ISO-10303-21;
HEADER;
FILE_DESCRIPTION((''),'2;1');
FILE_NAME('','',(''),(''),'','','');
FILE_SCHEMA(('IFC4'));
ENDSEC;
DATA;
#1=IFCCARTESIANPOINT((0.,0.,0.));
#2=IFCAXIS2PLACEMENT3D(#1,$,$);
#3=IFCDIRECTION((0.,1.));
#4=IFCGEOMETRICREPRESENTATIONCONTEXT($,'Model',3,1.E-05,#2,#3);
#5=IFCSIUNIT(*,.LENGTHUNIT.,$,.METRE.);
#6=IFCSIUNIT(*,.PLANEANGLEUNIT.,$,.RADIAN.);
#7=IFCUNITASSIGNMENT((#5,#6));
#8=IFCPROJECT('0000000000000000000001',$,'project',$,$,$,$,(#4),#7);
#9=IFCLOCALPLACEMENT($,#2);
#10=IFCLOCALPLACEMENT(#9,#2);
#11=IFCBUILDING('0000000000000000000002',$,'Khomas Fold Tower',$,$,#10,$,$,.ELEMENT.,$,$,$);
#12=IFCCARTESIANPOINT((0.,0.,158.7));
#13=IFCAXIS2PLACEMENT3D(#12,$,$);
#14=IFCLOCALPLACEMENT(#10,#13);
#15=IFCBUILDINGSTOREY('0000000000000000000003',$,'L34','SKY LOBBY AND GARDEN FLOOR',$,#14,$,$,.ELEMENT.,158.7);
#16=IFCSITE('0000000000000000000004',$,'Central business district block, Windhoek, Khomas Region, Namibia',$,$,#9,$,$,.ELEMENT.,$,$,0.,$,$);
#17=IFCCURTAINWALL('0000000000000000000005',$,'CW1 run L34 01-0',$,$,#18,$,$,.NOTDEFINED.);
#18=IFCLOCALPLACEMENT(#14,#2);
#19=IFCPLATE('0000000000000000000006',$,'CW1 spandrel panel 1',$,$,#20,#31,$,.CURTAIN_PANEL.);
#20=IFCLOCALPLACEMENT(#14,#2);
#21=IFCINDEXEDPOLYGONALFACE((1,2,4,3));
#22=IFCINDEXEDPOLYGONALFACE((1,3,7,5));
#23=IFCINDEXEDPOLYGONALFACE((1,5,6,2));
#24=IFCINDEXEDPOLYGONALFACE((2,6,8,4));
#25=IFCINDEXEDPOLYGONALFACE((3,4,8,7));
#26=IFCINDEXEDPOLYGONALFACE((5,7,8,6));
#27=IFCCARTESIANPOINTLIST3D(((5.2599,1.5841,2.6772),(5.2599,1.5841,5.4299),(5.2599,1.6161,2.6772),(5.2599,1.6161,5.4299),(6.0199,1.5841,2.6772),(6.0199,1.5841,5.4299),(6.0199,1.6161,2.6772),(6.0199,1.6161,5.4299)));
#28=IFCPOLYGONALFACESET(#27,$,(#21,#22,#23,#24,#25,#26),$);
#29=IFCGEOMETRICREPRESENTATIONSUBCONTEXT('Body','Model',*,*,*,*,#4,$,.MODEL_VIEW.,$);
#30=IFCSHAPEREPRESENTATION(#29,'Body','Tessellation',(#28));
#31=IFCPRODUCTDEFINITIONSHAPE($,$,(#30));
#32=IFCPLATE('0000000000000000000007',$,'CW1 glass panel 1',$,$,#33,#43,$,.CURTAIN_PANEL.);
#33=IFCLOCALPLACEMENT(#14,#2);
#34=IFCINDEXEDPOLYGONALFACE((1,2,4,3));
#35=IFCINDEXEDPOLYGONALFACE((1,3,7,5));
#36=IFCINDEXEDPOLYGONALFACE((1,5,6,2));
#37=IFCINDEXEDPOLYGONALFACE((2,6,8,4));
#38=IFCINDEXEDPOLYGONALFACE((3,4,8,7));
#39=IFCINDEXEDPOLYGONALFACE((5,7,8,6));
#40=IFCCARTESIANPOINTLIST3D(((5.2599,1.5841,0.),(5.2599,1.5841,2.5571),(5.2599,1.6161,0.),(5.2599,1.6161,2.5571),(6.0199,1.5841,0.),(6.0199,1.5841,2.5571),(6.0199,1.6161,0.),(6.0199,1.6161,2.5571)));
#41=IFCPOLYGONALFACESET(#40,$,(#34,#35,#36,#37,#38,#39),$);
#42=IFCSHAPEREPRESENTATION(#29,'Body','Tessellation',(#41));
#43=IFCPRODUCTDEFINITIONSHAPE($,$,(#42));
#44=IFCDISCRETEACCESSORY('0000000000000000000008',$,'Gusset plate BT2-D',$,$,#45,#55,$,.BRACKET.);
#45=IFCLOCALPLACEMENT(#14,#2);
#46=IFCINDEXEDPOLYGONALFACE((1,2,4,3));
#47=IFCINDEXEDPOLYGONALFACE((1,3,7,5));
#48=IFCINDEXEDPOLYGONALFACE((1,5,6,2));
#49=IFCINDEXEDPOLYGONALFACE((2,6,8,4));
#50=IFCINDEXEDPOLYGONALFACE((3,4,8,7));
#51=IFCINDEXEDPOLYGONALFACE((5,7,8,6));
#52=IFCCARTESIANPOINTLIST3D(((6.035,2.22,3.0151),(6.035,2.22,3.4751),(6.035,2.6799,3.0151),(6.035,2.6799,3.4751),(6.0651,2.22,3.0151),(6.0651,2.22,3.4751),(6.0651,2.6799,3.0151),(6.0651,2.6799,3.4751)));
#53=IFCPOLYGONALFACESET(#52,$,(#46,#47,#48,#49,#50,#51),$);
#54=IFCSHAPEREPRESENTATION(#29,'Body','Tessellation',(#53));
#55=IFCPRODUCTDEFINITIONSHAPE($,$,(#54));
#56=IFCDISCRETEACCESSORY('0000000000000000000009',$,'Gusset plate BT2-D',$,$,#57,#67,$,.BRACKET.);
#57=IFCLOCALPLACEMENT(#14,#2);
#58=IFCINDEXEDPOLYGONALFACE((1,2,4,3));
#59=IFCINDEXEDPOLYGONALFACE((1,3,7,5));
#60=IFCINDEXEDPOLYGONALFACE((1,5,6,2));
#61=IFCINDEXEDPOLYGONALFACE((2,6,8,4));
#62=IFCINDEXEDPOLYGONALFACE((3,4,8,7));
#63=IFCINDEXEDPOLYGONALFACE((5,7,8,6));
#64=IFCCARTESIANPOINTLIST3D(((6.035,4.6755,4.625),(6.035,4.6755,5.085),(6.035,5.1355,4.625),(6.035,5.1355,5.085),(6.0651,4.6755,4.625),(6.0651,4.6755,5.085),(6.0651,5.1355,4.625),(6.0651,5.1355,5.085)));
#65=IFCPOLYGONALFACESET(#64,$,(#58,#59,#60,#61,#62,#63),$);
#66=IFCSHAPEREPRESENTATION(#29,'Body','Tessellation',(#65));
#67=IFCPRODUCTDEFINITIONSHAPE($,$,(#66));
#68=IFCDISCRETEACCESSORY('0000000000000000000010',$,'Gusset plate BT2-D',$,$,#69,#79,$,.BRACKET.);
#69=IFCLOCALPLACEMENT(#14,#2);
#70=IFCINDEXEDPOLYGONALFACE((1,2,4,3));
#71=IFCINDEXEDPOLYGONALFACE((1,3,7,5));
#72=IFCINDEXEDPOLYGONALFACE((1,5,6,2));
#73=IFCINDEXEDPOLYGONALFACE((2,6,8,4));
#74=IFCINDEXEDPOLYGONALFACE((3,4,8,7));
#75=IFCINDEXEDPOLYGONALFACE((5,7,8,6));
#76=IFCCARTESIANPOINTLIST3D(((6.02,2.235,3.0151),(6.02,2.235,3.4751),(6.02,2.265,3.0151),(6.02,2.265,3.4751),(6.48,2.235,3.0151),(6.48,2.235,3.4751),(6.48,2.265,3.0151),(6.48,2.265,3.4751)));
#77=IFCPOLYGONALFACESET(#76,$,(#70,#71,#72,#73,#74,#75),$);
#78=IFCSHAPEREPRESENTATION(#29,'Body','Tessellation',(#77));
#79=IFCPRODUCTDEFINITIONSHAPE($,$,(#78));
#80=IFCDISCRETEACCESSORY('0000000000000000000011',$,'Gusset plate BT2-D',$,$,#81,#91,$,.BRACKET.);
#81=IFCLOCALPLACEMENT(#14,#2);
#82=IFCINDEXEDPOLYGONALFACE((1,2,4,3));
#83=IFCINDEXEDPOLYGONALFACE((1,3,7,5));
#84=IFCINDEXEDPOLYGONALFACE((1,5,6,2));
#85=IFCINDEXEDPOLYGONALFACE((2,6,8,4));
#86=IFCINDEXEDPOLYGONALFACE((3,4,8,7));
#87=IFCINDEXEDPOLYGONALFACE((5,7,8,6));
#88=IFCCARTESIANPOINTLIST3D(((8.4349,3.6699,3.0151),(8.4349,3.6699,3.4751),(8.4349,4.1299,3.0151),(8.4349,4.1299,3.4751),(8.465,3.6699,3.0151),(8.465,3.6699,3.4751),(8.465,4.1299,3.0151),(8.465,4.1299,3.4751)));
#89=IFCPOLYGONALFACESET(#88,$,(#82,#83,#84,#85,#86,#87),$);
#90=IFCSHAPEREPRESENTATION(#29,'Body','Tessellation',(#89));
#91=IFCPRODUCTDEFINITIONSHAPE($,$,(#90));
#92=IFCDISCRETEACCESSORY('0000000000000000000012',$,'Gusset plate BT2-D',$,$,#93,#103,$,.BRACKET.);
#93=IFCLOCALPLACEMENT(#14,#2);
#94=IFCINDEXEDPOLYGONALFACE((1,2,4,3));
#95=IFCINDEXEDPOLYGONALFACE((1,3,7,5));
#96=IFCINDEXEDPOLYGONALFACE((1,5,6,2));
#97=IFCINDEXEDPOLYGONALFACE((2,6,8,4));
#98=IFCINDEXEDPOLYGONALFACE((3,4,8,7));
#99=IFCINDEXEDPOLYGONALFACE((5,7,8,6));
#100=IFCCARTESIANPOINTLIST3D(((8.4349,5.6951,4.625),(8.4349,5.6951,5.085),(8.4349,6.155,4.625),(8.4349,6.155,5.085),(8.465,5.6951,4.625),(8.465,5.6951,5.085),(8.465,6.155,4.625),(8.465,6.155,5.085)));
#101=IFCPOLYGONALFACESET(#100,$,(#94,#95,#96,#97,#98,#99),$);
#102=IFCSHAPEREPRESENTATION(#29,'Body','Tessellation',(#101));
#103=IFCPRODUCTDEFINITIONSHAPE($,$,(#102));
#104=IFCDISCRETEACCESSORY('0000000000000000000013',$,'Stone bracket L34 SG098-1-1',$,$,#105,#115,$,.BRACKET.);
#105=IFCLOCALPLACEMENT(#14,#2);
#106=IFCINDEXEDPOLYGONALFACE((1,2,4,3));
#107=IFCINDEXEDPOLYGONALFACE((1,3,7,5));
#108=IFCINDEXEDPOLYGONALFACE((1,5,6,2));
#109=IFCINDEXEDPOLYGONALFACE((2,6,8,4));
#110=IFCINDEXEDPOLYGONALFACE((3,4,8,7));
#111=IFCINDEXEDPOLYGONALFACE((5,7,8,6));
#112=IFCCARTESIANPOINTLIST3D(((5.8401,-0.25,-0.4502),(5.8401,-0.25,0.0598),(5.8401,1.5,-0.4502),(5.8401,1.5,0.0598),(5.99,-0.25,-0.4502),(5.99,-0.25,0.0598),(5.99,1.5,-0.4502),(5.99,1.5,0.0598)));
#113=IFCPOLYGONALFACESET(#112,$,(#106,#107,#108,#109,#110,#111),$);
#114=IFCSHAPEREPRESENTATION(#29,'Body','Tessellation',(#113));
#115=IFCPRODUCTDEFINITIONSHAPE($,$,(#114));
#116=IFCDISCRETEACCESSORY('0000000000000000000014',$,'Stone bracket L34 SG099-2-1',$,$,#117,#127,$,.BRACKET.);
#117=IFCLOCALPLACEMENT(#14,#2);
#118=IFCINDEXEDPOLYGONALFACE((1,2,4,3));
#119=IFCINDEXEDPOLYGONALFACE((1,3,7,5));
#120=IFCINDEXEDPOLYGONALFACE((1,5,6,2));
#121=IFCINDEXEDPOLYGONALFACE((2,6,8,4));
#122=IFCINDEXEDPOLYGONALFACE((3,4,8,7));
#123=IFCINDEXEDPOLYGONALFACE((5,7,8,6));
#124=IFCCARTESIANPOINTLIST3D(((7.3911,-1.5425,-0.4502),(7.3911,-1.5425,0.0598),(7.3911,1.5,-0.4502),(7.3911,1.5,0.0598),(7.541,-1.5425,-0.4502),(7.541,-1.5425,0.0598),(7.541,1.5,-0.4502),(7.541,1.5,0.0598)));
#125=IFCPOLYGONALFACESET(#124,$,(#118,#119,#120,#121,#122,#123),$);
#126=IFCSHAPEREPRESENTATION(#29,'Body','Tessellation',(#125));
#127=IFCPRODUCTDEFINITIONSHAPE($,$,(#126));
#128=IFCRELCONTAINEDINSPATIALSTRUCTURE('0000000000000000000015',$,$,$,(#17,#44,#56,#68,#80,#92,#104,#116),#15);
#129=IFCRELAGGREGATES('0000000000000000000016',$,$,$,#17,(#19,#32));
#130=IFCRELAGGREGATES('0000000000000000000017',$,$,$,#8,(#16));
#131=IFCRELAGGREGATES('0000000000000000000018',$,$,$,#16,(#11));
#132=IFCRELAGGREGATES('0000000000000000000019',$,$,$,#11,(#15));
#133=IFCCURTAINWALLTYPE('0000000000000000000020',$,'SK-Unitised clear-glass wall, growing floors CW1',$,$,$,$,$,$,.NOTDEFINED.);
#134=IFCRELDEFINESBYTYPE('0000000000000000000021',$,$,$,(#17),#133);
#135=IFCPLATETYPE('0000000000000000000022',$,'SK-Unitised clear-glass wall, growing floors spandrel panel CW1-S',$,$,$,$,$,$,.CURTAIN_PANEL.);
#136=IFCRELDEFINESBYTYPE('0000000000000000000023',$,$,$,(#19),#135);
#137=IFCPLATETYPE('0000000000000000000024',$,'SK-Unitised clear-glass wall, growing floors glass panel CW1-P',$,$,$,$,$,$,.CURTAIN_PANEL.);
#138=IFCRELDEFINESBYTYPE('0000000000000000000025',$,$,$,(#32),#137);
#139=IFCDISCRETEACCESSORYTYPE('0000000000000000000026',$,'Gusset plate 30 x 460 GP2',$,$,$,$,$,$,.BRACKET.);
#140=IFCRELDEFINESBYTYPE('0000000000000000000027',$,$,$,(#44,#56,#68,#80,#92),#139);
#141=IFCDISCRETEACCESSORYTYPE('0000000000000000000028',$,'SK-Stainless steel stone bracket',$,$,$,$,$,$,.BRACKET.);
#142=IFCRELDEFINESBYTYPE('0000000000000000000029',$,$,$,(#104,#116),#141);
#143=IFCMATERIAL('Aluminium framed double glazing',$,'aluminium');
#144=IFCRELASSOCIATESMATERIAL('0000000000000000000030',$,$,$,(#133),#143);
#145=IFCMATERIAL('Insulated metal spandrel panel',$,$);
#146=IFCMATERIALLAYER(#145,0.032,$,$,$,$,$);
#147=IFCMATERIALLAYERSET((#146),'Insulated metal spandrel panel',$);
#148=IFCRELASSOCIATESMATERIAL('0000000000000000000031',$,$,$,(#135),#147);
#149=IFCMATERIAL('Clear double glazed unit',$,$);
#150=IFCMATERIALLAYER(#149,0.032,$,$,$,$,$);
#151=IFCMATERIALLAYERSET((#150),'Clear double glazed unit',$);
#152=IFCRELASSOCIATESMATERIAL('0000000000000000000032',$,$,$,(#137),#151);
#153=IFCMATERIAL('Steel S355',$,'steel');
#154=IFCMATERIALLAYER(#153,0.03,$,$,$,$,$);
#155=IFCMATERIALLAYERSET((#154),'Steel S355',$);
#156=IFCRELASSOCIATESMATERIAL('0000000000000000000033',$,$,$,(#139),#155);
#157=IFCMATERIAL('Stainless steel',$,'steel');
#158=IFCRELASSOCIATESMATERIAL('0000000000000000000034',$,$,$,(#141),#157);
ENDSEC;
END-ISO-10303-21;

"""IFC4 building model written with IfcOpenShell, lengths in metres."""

from ifc_helpers import new_model, si_unit, direction, frame, origin, origin_2d, place, context, subcontext, project, spatial, rectangle, extrude, source, transform, mapped, material, layer, layer_set, type_object, element, aggregate, save


model = new_model("IFC4")

# Units and contexts
model_context = context("Model", 3, precision=1e-05, world=origin(), true_north=direction((0.0, 1.0)))
body_context = subcontext(model_context, "Body", "Model", "MODEL_VIEW")
ifc_project = project(units=[si_unit("LENGTHUNIT", "METRE"), si_unit("PLANEANGLEUNIT", "RADIAN")], contexts=[model_context])

# Site, building, storey
site_placement = place(None, origin())
site = spatial("IfcSite", under=ifc_project, at=site_placement, Name="Central business district block, Windhoek, Khomas Region, Namibia", CompositionType="ELEMENT", RefElevation=0.0)
building_placement = place(site_placement, origin())
building = spatial("IfcBuilding", under=site, at=building_placement, Name="Khomas Fold Tower", CompositionType="ELEMENT")
storey_placement = place(building_placement, frame((0.0, 0.0, 158.7)))
storey = spatial("IfcBuildingStorey", under=building, at=storey_placement, Name="L34", Description="SKY LOBBY AND GARDEN FLOOR", CompositionType="ELEMENT", Elevation=158.7)

# Curtain wall
ifc_material_1 = material(Name="Aluminium framed double glazing", Category="aluminium")
curtain_wall_type = type_object("IfcCurtainWallType", Name="SK-Unitised clear-glass wall, growing floors CW1", PredefinedType="NOTDEFINED", material=ifc_material_1)
curtain_wall_1_placement = place(storey_placement, origin())
curtain_wall_1 = element("IfcCurtainWall", 1, at=curtain_wall_1_placement, inside=storey, type_object=curtain_wall_type, Name="CW1 run L34 01-0", PredefinedType="NOTDEFINED")

# Plates
ifc_material_2 = material(Name="Insulated metal spandrel panel")
ifc_layer_1 = layer(ifc_material_2, 0.032)
ifc_layer_set_1 = layer_set([ifc_layer_1], Name="Insulated metal spandrel panel")
plate_type_1 = type_object("IfcPlateType", Name="SK-Unitised clear-glass wall, growing floors spandrel panel CW1-S", PredefinedType="CURTAIN_PANEL", material=ifc_layer_set_1)
ifc_material_3 = material(Name="Clear double glazed unit")
ifc_layer_2 = layer(ifc_material_3, 0.032)
ifc_layer_set_2 = layer_set([ifc_layer_2], Name="Clear double glazed unit")
plate_type_2 = type_object("IfcPlateType", Name="SK-Unitised clear-glass wall, growing floors glass panel CW1-P", PredefinedType="CURTAIN_PANEL", material=ifc_layer_set_2)
shared_shape_1 = source(origin(), body_context, "Body", "SweptSolid", [
    extrude(rectangle(XDim=0.76, YDim=0.032, at=origin_2d()), origin(), (0.0, 0.0, 1.0), 2.7527),
])
plate_1_placement = place(storey_placement, frame((5.6399, 1.6001, 2.6772), z_axis=(0.0, 0.0, 1.0), x_axis=(1.0, 0.0, 0.0)))
plate_1 = element("IfcPlate", 2, at=plate_1_placement, type_object=plate_type_1, Name="CW1 spandrel panel 1", PredefinedType="CURTAIN_PANEL", context=body_context, shape_type="MappedRepresentation", body=[
    mapped(shared_shape_1, transform((0.0, 0.0, 0.0))),
])
shared_shape_2 = source(origin(), body_context, "Body", "SweptSolid", [
    extrude(rectangle(XDim=0.76, YDim=0.032, at=origin_2d()), origin(), (0.0, 0.0, 1.0), 2.5571),
])
plate_2_placement = place(storey_placement, frame((5.6399, 1.6001, 0.0), z_axis=(0.0, 0.0, 1.0), x_axis=(1.0, 0.0, 0.0)))
plate_2 = element("IfcPlate", 3, at=plate_2_placement, type_object=plate_type_2, Name="CW1 glass panel 1", PredefinedType="CURTAIN_PANEL", context=body_context, shape_type="MappedRepresentation", body=[
    mapped(shared_shape_2, transform((0.0, 0.0, 0.0))),
])
aggregate(curtain_wall_1, [plate_1, plate_2])

# Discrete accessories
ifc_material_4 = material(Name="Steel S355", Category="steel")
ifc_layer_3 = layer(ifc_material_4, 0.03)
ifc_layer_set_3 = layer_set([ifc_layer_3], Name="Steel S355")
discrete_accessory_type_1 = type_object("IfcDiscreteAccessoryType", Name="Gusset plate 30 x 460 GP2", PredefinedType="BRACKET", material=ifc_layer_set_3)
shared_shape_3 = source(origin(), body_context, "Body", "SweptSolid", [
    extrude(rectangle(XDim=0.46, YDim=0.03, at=origin_2d()), origin(), (0.0, 0.0, 1.0), 0.46),
])
for number, where, z_axis, x_axis, name in (
    (4, (6.05, 2.45, 3.0151), (0.0, 0.0, 1.0), (0.0, 1.0, 0.0), "Gusset plate BT2-D"),
    (5, (6.05, 4.9055, 4.625), (0.0, 0.0, 1.0), (0.0, 1.0, 0.0), "Gusset plate BT2-D"),
    (6, (6.25, 2.25, 3.0151), (0.0, 0.0, 1.0), (1.0, 0.0, 0.0), "Gusset plate BT2-D"),
    (7, (8.45, 3.8999, 3.0151), (0.0, 0.0, 1.0), (0.0, 1.0, 0.0), "Gusset plate BT2-D"),
    (8, (8.45, 5.925, 4.625), (0.0, 0.0, 1.0), (0.0, 1.0, 0.0), "Gusset plate BT2-D"),
):
    element("IfcDiscreteAccessory", number, at=place(storey_placement, frame(where, z_axis=z_axis, x_axis=x_axis)), inside=storey, type_object=discrete_accessory_type_1, Name=name, PredefinedType="BRACKET", context=body_context, shape_type="MappedRepresentation", body=[
        mapped(shared_shape_3, transform((0.0, 0.0, 0.0))),
    ])
ifc_material_5 = material(Name="Stainless steel", Category="steel")
discrete_accessory_type_2 = type_object("IfcDiscreteAccessoryType", Name="SK-Stainless steel stone bracket", PredefinedType="BRACKET", material=ifc_material_5)
shared_shape_4 = source(origin(), body_context, "Body", "SweptSolid", [
    extrude(rectangle(XDim=1.75, YDim=0.1499, at=origin_2d()), origin(), (0.0, 0.0, 1.0), 0.51),
])
discrete_accessory_1_placement = place(storey_placement, frame((5.915, 0.625, -0.4502), z_axis=(0.0, 0.0, 1.0), x_axis=(0.0, -1.0, 0.0)))
element("IfcDiscreteAccessory", 9, at=discrete_accessory_1_placement, inside=storey, type_object=discrete_accessory_type_2, Name="Stone bracket L34 SG098-1-1", PredefinedType="BRACKET", context=body_context, shape_type="MappedRepresentation", body=[
    mapped(shared_shape_4, transform((0.0, 0.0, 0.0))),
])
shared_shape_5 = source(origin(), body_context, "Body", "SweptSolid", [
    extrude(rectangle(XDim=3.0425, YDim=0.1499, at=origin_2d()), origin(), (0.0, 0.0, 1.0), 0.51),
])
discrete_accessory_2_placement = place(storey_placement, frame((7.4661, -0.0212, -0.4502), z_axis=(0.0, 0.0, 1.0), x_axis=(0.0, -1.0, 0.0)))
element("IfcDiscreteAccessory", 10, at=discrete_accessory_2_placement, inside=storey, type_object=discrete_accessory_type_2, Name="Stone bracket L34 SG099-2-1", PredefinedType="BRACKET", context=body_context, shape_type="MappedRepresentation", body=[
    mapped(shared_shape_5, transform((0.0, 0.0, 0.0))),
])

save(model, "model.ifc")
